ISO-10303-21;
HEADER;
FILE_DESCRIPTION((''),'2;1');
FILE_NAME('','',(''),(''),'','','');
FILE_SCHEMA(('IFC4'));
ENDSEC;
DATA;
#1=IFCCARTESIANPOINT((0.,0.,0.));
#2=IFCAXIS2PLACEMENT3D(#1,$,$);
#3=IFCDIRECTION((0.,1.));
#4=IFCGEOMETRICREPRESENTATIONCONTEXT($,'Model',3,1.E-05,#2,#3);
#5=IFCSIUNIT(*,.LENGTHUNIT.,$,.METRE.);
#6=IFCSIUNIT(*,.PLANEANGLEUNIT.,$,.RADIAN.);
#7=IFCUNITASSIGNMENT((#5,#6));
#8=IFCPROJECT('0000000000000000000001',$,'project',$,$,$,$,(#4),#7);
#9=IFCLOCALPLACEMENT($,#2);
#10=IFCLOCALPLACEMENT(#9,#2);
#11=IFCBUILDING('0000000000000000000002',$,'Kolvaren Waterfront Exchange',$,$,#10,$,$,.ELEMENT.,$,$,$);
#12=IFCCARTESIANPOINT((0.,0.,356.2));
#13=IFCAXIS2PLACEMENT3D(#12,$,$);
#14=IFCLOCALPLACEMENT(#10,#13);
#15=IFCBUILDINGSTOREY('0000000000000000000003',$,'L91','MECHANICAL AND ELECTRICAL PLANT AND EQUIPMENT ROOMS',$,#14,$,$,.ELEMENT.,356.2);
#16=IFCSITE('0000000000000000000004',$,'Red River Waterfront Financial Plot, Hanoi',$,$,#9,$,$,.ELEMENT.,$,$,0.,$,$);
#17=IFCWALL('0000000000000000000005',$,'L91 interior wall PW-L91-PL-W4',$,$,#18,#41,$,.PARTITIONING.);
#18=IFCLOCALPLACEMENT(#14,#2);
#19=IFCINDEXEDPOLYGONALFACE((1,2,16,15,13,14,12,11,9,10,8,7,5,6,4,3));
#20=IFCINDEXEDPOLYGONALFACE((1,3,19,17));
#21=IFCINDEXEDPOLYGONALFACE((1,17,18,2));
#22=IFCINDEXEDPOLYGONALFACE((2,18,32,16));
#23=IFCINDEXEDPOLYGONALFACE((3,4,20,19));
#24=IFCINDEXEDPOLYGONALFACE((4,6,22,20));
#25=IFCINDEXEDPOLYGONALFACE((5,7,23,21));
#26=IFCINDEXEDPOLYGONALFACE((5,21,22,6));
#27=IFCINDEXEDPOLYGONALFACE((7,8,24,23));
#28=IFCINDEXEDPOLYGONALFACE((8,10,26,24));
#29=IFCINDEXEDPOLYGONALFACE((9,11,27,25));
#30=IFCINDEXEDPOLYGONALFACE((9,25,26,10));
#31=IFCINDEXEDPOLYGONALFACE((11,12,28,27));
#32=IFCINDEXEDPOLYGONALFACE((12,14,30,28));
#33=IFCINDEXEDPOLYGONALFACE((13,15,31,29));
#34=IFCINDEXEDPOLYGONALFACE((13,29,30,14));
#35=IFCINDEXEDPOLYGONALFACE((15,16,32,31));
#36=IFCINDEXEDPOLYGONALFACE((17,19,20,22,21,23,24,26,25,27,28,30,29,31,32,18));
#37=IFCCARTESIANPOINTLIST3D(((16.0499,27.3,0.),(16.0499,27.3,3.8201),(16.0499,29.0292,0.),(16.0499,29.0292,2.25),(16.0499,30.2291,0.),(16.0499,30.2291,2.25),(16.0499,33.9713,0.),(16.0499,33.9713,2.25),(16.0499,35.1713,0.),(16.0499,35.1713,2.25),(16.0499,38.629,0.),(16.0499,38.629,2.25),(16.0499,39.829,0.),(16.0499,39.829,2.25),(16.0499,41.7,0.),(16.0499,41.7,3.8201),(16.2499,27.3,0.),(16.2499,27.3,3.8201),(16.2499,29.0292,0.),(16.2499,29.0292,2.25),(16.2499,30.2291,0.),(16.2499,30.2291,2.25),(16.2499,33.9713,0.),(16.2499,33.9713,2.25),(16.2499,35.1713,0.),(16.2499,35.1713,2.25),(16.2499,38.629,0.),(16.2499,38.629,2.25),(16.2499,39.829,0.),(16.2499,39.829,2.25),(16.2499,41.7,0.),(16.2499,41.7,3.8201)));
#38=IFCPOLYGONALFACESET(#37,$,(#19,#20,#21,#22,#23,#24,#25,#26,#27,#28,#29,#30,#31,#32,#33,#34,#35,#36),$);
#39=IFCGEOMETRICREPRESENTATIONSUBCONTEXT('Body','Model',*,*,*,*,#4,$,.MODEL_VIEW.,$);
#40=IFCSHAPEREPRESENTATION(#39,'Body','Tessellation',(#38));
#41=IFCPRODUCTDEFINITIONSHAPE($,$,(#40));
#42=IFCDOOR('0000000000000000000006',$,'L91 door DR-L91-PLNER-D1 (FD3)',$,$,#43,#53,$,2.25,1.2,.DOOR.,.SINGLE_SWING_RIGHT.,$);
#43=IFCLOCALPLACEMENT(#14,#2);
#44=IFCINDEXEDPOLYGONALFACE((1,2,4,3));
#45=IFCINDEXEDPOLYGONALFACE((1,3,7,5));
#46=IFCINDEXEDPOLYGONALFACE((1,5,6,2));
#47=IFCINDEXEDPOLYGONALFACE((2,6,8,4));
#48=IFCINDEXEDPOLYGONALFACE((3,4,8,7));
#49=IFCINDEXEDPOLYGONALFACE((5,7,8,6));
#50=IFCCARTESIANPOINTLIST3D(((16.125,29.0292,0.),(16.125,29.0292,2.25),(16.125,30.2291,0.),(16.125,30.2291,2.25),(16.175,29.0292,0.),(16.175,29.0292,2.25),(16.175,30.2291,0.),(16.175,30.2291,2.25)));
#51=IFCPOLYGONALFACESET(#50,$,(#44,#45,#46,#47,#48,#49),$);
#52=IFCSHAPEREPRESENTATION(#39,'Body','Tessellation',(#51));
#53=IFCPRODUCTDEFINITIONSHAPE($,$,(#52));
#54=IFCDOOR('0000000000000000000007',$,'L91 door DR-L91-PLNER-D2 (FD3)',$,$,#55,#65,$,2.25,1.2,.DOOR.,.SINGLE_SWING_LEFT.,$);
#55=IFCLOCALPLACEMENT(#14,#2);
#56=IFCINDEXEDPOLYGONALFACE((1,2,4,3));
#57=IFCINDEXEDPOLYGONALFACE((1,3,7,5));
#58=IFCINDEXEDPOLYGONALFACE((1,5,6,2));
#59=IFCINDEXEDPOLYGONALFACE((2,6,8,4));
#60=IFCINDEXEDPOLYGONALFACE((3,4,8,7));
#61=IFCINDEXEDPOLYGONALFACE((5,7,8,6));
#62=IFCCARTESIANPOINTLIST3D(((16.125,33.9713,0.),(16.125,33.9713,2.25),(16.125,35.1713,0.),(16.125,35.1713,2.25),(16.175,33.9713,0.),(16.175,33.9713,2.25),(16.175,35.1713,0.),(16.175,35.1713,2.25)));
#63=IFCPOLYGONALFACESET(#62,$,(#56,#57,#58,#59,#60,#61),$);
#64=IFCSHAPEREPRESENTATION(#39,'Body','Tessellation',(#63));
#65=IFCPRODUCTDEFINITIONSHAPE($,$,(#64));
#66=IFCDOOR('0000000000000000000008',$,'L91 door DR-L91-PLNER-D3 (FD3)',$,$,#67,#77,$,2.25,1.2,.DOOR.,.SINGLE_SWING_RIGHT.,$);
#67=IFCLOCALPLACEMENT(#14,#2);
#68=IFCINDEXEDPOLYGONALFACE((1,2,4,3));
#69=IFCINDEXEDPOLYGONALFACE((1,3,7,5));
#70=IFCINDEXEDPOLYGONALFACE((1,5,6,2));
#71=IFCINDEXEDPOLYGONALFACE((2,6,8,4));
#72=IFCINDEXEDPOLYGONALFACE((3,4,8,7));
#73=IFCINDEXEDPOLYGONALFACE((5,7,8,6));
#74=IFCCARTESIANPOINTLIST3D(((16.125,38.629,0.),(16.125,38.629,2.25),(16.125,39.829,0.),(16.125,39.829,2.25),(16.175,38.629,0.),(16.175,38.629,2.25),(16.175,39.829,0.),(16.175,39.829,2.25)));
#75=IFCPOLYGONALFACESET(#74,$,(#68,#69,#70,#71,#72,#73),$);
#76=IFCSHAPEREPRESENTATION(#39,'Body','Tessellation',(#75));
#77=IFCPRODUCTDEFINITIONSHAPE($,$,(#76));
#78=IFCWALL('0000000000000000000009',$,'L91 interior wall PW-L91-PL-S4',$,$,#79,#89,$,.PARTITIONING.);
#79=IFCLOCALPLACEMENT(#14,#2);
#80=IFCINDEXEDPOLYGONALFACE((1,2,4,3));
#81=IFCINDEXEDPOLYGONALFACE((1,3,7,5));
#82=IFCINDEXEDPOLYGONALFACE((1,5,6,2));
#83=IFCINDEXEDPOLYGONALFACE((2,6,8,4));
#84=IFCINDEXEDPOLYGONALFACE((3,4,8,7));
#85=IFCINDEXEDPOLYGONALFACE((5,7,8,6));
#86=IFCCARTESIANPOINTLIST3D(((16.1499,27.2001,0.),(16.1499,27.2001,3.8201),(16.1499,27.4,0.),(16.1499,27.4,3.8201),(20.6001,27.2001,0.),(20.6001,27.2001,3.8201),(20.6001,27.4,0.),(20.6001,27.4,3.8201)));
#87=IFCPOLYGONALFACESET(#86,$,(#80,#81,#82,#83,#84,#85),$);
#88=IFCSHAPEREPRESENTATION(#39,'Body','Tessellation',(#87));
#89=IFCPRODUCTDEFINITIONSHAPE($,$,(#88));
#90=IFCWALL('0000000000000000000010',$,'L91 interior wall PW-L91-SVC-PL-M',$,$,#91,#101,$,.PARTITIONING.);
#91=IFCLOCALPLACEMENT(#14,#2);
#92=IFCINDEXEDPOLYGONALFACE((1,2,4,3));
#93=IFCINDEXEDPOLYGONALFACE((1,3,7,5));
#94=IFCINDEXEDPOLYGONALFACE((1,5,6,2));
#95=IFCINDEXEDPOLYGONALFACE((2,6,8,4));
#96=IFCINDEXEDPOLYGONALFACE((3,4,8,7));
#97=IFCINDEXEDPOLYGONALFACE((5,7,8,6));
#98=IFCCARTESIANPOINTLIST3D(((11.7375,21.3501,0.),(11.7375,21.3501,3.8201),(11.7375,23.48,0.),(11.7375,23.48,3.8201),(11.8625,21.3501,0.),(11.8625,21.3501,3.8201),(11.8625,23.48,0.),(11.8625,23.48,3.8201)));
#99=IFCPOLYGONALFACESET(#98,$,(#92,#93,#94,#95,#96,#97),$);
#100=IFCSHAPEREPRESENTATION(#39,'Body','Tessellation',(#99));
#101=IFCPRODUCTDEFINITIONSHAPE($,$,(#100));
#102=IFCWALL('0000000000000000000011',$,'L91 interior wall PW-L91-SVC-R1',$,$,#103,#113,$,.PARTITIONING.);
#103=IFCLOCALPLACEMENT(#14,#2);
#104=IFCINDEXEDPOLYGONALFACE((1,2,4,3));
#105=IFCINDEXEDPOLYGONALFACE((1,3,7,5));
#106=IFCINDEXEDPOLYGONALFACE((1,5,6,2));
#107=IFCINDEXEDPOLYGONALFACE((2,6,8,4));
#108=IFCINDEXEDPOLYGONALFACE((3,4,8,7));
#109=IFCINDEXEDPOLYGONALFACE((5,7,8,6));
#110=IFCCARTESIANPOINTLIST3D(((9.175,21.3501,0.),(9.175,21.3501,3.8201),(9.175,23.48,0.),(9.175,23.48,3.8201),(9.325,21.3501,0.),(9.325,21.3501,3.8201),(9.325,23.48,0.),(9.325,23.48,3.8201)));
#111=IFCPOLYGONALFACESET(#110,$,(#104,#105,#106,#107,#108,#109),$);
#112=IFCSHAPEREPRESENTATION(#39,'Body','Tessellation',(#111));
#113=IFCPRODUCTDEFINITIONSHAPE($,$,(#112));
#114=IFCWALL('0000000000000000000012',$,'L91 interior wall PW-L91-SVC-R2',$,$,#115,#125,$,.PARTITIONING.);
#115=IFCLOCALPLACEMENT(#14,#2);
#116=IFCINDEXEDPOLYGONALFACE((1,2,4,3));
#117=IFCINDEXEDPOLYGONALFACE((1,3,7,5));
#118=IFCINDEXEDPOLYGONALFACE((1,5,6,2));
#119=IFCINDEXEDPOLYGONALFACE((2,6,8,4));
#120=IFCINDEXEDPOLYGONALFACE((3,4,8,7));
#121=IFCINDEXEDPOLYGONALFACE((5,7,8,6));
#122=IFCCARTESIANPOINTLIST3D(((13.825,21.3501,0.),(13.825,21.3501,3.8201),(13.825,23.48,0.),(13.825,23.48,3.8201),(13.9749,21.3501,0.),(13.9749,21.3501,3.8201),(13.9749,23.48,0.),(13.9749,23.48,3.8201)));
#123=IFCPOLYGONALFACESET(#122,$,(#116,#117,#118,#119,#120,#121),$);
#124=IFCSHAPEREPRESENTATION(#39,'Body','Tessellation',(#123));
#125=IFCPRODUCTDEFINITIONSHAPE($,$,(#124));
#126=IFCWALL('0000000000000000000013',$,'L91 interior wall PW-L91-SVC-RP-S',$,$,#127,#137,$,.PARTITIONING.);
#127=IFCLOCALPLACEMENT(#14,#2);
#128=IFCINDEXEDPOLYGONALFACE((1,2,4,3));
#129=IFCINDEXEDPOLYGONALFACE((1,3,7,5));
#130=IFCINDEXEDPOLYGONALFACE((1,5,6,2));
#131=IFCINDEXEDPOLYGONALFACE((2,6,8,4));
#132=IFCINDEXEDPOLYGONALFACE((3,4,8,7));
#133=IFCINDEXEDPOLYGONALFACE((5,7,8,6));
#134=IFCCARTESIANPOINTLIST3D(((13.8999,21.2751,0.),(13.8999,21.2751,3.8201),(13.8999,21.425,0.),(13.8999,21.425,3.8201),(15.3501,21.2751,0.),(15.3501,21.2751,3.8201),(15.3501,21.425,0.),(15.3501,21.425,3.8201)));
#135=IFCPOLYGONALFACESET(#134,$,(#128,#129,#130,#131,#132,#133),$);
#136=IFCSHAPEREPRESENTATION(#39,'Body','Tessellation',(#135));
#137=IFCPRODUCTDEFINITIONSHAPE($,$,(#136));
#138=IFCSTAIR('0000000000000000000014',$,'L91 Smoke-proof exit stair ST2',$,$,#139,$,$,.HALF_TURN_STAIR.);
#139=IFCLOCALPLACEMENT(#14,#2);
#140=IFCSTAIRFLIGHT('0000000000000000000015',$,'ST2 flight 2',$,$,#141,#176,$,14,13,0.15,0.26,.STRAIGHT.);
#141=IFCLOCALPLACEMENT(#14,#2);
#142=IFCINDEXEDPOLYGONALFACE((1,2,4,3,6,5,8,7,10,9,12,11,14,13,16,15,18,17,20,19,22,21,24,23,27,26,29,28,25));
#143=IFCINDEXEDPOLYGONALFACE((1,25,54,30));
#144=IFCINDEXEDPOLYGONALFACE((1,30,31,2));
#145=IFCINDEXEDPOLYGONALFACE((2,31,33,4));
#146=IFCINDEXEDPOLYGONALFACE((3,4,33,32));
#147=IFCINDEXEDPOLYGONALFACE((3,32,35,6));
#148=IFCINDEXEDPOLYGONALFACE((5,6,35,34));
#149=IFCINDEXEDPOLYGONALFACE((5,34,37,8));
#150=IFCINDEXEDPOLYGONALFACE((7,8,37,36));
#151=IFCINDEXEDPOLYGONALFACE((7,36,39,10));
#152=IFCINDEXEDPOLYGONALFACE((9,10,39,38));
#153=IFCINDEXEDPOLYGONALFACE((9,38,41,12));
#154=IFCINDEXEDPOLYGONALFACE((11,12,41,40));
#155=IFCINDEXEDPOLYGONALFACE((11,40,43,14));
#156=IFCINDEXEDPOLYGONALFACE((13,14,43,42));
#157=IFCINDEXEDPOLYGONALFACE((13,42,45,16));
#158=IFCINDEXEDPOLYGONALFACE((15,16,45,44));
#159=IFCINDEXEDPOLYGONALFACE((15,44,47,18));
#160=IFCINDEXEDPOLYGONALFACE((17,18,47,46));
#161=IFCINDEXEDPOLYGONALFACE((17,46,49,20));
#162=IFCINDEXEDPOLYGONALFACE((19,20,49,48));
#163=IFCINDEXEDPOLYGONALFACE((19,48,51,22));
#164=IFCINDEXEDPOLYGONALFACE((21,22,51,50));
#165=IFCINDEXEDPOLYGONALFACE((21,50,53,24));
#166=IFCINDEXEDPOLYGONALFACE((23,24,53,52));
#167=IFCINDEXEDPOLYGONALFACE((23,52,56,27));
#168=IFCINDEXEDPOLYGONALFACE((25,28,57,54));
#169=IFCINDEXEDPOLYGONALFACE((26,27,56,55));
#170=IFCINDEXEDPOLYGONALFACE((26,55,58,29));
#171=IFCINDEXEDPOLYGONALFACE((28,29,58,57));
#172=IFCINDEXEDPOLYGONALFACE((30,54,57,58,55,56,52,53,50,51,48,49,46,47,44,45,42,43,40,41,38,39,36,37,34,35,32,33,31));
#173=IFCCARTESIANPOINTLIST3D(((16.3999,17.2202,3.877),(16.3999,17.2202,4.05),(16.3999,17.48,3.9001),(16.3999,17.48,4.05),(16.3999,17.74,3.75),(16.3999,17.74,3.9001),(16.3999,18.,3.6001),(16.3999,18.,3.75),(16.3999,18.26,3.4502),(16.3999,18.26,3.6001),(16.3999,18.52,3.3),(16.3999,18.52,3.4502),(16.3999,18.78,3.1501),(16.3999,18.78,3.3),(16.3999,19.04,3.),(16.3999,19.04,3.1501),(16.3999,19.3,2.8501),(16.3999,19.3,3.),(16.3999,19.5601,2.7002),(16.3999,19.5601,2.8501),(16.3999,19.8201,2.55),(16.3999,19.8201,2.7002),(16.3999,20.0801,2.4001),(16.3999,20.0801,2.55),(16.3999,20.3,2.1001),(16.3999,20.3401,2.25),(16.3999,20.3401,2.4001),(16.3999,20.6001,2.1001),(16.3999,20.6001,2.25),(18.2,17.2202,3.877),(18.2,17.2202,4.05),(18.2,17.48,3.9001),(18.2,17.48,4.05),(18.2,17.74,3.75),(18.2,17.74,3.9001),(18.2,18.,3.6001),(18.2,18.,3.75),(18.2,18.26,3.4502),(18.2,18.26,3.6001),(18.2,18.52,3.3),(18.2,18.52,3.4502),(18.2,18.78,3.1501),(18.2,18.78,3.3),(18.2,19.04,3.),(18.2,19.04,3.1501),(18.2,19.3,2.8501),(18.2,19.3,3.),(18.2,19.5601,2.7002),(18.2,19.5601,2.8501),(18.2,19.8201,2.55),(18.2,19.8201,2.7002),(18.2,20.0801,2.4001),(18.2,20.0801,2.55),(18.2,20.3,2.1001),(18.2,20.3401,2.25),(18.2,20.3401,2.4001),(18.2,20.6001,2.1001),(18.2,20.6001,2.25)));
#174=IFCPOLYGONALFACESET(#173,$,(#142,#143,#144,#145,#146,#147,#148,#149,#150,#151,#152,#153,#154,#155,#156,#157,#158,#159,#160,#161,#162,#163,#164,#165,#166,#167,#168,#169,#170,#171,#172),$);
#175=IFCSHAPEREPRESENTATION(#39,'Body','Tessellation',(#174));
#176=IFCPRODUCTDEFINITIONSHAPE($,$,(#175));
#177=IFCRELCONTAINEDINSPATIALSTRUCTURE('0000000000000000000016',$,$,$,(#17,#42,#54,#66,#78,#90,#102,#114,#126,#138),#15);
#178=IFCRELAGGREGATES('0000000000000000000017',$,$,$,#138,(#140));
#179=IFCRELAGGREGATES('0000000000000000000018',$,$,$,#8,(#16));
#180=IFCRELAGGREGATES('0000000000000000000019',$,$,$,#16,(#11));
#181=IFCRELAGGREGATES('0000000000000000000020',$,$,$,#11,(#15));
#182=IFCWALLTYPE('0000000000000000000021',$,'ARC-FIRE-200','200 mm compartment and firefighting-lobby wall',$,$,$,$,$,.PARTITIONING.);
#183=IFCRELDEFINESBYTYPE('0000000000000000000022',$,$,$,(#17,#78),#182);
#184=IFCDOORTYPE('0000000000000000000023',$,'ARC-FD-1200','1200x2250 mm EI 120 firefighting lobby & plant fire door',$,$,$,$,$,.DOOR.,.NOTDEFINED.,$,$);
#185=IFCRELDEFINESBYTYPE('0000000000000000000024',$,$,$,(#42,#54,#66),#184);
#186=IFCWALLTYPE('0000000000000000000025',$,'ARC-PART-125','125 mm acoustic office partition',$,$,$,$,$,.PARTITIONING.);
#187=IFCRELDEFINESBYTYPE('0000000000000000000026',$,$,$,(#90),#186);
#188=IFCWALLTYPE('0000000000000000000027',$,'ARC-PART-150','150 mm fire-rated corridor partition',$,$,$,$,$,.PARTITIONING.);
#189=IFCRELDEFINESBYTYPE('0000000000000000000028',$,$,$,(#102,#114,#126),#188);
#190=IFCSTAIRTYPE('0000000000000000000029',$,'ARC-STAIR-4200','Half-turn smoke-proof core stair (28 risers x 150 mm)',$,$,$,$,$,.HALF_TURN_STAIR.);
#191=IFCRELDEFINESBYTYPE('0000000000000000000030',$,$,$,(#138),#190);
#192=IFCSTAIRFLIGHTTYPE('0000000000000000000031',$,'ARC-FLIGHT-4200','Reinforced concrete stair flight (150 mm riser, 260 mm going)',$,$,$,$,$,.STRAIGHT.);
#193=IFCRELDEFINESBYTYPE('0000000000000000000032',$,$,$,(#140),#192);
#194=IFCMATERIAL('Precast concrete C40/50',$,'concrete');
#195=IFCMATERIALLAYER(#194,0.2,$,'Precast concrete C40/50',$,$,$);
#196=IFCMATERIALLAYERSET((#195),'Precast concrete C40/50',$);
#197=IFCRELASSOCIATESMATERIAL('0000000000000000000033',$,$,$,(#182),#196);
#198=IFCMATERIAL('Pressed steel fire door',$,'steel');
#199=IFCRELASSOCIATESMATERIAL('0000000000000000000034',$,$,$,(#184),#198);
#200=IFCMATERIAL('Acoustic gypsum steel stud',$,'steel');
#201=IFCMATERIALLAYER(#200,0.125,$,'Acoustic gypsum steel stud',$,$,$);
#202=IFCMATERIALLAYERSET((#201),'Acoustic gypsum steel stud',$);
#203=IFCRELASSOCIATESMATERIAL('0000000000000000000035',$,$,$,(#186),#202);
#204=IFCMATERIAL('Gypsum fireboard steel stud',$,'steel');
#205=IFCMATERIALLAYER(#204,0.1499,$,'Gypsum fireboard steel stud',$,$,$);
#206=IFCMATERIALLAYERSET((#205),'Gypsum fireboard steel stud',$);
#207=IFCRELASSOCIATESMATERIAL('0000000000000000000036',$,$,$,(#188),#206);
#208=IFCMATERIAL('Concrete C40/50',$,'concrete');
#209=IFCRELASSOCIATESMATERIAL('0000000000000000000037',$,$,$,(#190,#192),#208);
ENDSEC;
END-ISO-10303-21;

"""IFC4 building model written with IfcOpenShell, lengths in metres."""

from ifc_helpers import new_model, si_unit, direction, frame, frame_2d, origin, place, context, subcontext, project, spatial, polyline, rectangle, outline, extrude, material, layer, layer_set, type_object, element, fill, aggregate, save


model = new_model("IFC4")

# Units and contexts
model_context = context("Model", 3, precision=1e-05, world=origin(), true_north=direction((0.0, 1.0)))
body_context = subcontext(model_context, "Body", "Model", "MODEL_VIEW")
ifc_project = project(units=[si_unit("LENGTHUNIT", "METRE"), si_unit("PLANEANGLEUNIT", "RADIAN")], contexts=[model_context])

# Site, building, storey
site_placement = place(None, origin())
site = spatial("IfcSite", under=ifc_project, at=site_placement, Name="Red River Waterfront Financial Plot, Hanoi", CompositionType="ELEMENT", RefElevation=0.0)
building_placement = place(site_placement, origin())
building = spatial("IfcBuilding", under=site, at=building_placement, Name="Kolvaren Waterfront Exchange", CompositionType="ELEMENT")
storey_placement = place(building_placement, frame((0.0, 0.0, 356.2)))
storey = spatial("IfcBuildingStorey", under=building, at=storey_placement, Name="L91", Description="MECHANICAL AND ELECTRICAL PLANT AND EQUIPMENT ROOMS", CompositionType="ELEMENT", Elevation=356.2)

# Shared definitions
ifc_material_1 = material(Name="Precast concrete C40/50", Category="concrete")
ifc_layer_1 = layer(ifc_material_1, 0.2, Name="Precast concrete C40/50")
ifc_layer_set_1 = layer_set([ifc_layer_1], Name="Precast concrete C40/50")
wall_type_1 = type_object("IfcWallType", Name="ARC-FIRE-200", Description="200 mm compartment and firefighting-lobby wall", PredefinedType="PARTITIONING", material=ifc_layer_set_1)

# Wall, openings, doors
wall_1_placement = place(storey_placement, frame((16.1499, 27.3, 0.0), z_axis=(0.0, 0.0, 1.0), x_axis=(0.0, 1.0, 0.0)))
wall_1 = element("IfcWall", 1, at=wall_1_placement, inside=storey, type_object=wall_type_1, Name="L91 interior wall PW-L91-PL-W4", PredefinedType="PARTITIONING", context=body_context, shape_type="SweptSolid", body=[
    extrude(rectangle(XDim=14.3999, YDim=0.2, at=frame_2d((7.2, 0.0))), origin(), (0.0, 0.0, 1.0), 3.8201),
])
opening_1_placement = place(wall_1_placement, frame((1.729, 0.0, 0.0)))
opening_1 = element("IfcOpeningElement", 2, at=opening_1_placement, cuts=wall_1, PredefinedType="OPENING", context=body_context, shape_type="SweptSolid", body=[
    extrude(rectangle(XDim=1.2, YDim=2.25, at=frame_2d((0.6001, 1.125))), frame((0.0, 0.1099, 0.0), z_axis=(0.0, -1.0, 0.0), x_axis=(1.0, 0.0, 0.0)), (0.0, 0.0, 1.0), 0.22),
])
opening_2_placement = place(wall_1_placement, frame((6.6711, 0.0, 0.0)))
opening_2 = element("IfcOpeningElement", 3, at=opening_2_placement, cuts=wall_1, PredefinedType="OPENING", context=body_context, shape_type="SweptSolid", body=[
    extrude(rectangle(XDim=1.2, YDim=2.25, at=frame_2d((0.6001, 1.125))), frame((0.0, 0.1099, 0.0), z_axis=(0.0, -1.0, 0.0), x_axis=(1.0, 0.0, 0.0)), (0.0, 0.0, 1.0), 0.22),
])
opening_3_placement = place(wall_1_placement, frame((11.3289, 0.0, 0.0)))
opening_3 = element("IfcOpeningElement", 4, at=opening_3_placement, cuts=wall_1, PredefinedType="OPENING", context=body_context, shape_type="SweptSolid", body=[
    extrude(rectangle(XDim=1.2, YDim=2.25, at=frame_2d((0.6001, 1.125))), frame((0.0, 0.1099, 0.0), z_axis=(0.0, -1.0, 0.0), x_axis=(1.0, 0.0, 0.0)), (0.0, 0.0, 1.0), 0.22),
])
ifc_material_2 = material(Name="Pressed steel fire door", Category="steel")
door_type_1 = type_object("IfcDoorType", Name="ARC-FD-1200", Description="1200x2250 mm EI 120 firefighting lobby & plant fire door", OperationType="NOTDEFINED", PredefinedType="DOOR", material=ifc_material_2)
door_1_placement = place(opening_1_placement, origin())
door_1 = element("IfcDoor", 5, at=door_1_placement, inside=storey, type_object=door_type_1, Name="L91 door DR-L91-PLNER-D1 (FD3)", OperationType="SINGLE_SWING_RIGHT", OverallHeight=2.25, OverallWidth=1.2, PredefinedType="DOOR", context=body_context, shape_type="SweptSolid", body=[
    extrude(rectangle(XDim=1.2, YDim=2.25, at=frame_2d((0.6001, 1.125))), frame((0.0, 0.0249, 0.0), z_axis=(0.0, -1.0, 0.0), x_axis=(1.0, 0.0, 0.0)), (0.0, 0.0, 1.0), 0.05),
])
fill(opening_1, door_1)
door_2_placement = place(opening_2_placement, origin())
door_2 = element("IfcDoor", 6, at=door_2_placement, inside=storey, type_object=door_type_1, Name="L91 door DR-L91-PLNER-D2 (FD3)", OperationType="SINGLE_SWING_LEFT", OverallHeight=2.25, OverallWidth=1.2, PredefinedType="DOOR", context=body_context, shape_type="SweptSolid", body=[
    extrude(rectangle(XDim=1.2, YDim=2.25, at=frame_2d((0.6001, 1.125))), frame((0.0, 0.0249, 0.0), z_axis=(0.0, -1.0, 0.0), x_axis=(1.0, 0.0, 0.0)), (0.0, 0.0, 1.0), 0.05),
])
fill(opening_2, door_2)
door_3_placement = place(opening_3_placement, origin())
door_3 = element("IfcDoor", 7, at=door_3_placement, inside=storey, type_object=door_type_1, Name="L91 door DR-L91-PLNER-D3 (FD3)", OperationType="SINGLE_SWING_RIGHT", OverallHeight=2.25, OverallWidth=1.2, PredefinedType="DOOR", context=body_context, shape_type="SweptSolid", body=[
    extrude(rectangle(XDim=1.2, YDim=2.25, at=frame_2d((0.6001, 1.125))), frame((0.0, 0.0249, 0.0), z_axis=(0.0, -1.0, 0.0), x_axis=(1.0, 0.0, 0.0)), (0.0, 0.0, 1.0), 0.05),
])
fill(opening_3, door_3)

# Wall
wall_2_placement = place(storey_placement, frame((16.1499, 27.3, 0.0), z_axis=(0.0, 0.0, 1.0), x_axis=(1.0, 0.0, 0.0)))
element("IfcWall", 8, at=wall_2_placement, inside=storey, type_object=wall_type_1, Name="L91 interior wall PW-L91-PL-S4", PredefinedType="PARTITIONING", context=body_context, shape_type="SweptSolid", body=[
    extrude(rectangle(XDim=4.4502, YDim=0.2, at=frame_2d((2.2251, 0.0))), origin(), (0.0, 0.0, 1.0), 3.8201),
])

# Shared definitions
ifc_material_3 = material(Name="Acoustic gypsum steel stud", Category="steel")
ifc_layer_2 = layer(ifc_material_3, 0.125, Name="Acoustic gypsum steel stud")
ifc_layer_set_2 = layer_set([ifc_layer_2], Name="Acoustic gypsum steel stud")
wall_type_2 = type_object("IfcWallType", Name="ARC-PART-125", Description="125 mm acoustic office partition", PredefinedType="PARTITIONING", material=ifc_layer_set_2)

# Walls
wall_3_placement = place(storey_placement, frame((11.8, 21.3501, 0.0), z_axis=(0.0, 0.0, 1.0), x_axis=(0.0, 1.0, 0.0)))
element("IfcWall", 9, at=wall_3_placement, inside=storey, type_object=wall_type_2, Name="L91 interior wall PW-L91-SVC-PL-M", PredefinedType="PARTITIONING", context=body_context, shape_type="SweptSolid", body=[
    extrude(rectangle(XDim=2.1299, YDim=0.125, at=frame_2d((1.0649, 0.0))), origin(), (0.0, 0.0, 1.0), 3.8201),
])
ifc_material_4 = material(Name="Gypsum fireboard steel stud", Category="steel")
ifc_layer_3 = layer(ifc_material_4, 0.1499, Name="Gypsum fireboard steel stud")
ifc_layer_set_3 = layer_set([ifc_layer_3], Name="Gypsum fireboard steel stud")
wall_type_3 = type_object("IfcWallType", Name="ARC-PART-150", Description="150 mm fire-rated corridor partition", PredefinedType="PARTITIONING", material=ifc_layer_set_3)
for number, where, z_axis, x_axis, name in (
    (10, (9.25, 21.3501, 0.0), (0.0, 0.0, 1.0), (0.0, 1.0, 0.0), "L91 interior wall PW-L91-SVC-R1"),
    (11, (13.8999, 21.3501, 0.0), (0.0, 0.0, 1.0), (0.0, 1.0, 0.0), "L91 interior wall PW-L91-SVC-R2"),
):
    element("IfcWall", number, at=place(storey_placement, frame(where, z_axis=z_axis, x_axis=x_axis)), inside=storey, type_object=wall_type_3, Name=name, PredefinedType="PARTITIONING", context=body_context, shape_type="SweptSolid", body=[
        extrude(rectangle(XDim=2.1299, YDim=0.1499, at=frame_2d((1.0649, 0.0))), origin(), (0.0, 0.0, 1.0), 3.8201),
    ])

# Wall
wall_4_placement = place(storey_placement, frame((13.8999, 21.3501, 0.0), z_axis=(0.0, 0.0, 1.0), x_axis=(1.0, 0.0, 0.0)))
element("IfcWall", 12, at=wall_4_placement, inside=storey, type_object=wall_type_3, Name="L91 interior wall PW-L91-SVC-RP-S", PredefinedType="PARTITIONING", context=body_context, shape_type="SweptSolid", body=[
    extrude(rectangle(XDim=1.4502, YDim=0.1499, at=frame_2d((0.7251, 0.0))), origin(), (0.0, 0.0, 1.0), 3.8201),
])

# Stair, stair flight
ifc_material_5 = material(Name="Concrete C40/50", Category="concrete")
stair_type = type_object("IfcStairType", Name="ARC-STAIR-4200", Description="Half-turn smoke-proof core stair (28 risers x 150 mm)", PredefinedType="HALF_TURN_STAIR", material=ifc_material_5)
stair_placement = place(storey_placement, origin())
stair = element("IfcStair", 13, at=stair_placement, inside=storey, type_object=stair_type, Name="L91 Smoke-proof exit stair ST2", PredefinedType="HALF_TURN_STAIR")
stair_flight_type = type_object("IfcStairFlightType", Name="ARC-FLIGHT-4200", Description="Reinforced concrete stair flight (150 mm riser, 260 mm going)", PredefinedType="STRAIGHT", material=ifc_material_5)
stair_flight_placement = place(storey_placement, frame((17.3, 20.6001, 2.1001), z_axis=(0.0, 0.0, 1.0), x_axis=(0.0, -1.0, 0.0)))
stair_flight = element("IfcStairFlight", 14, at=stair_flight_placement, type_object=stair_flight_type, Name="ST2 flight 2", NumberOfRisers=14, NumberOfTreads=13, PredefinedType="STRAIGHT", RiserHeight=0.15, TreadLength=0.26, context=body_context, shape_type="SweptSolid", body=[
    extrude(outline(polyline([(0.0, 0.0), (0.0, 0.1499), (0.26, 0.1499), (0.26, 0.3), (0.52, 0.3), (0.52, 0.45), (0.78, 0.45), (0.78, 0.6001), (1.04, 0.6001), (1.04, 0.75), (1.3, 0.75), (1.3, 0.8999), (1.5601, 0.8999), (1.5601, 1.05), (1.8201, 1.05), (1.8201, 1.2), (2.0801, 1.2), (2.0801, 1.3501), (2.3401, 1.3501), (2.3401, 1.5), (2.6001, 1.5), (2.6001, 1.6499), (2.8601, 1.6499), (2.8601, 1.8), (3.1201, 1.8), (3.1201, 1.95), (3.3799, 1.95), (3.3799, 2.1001), (3.3799, 1.7769), (0.3, 0.0), (0.0, 0.0)])), frame((0.0, 0.8999, 0.0), z_axis=(0.0, -1.0, 0.0), x_axis=(1.0, 0.0, 0.0)), (0.0, 0.0, 1.0), 1.8),
])
aggregate(stair, [stair_flight])

save(model, "model.ifc")
